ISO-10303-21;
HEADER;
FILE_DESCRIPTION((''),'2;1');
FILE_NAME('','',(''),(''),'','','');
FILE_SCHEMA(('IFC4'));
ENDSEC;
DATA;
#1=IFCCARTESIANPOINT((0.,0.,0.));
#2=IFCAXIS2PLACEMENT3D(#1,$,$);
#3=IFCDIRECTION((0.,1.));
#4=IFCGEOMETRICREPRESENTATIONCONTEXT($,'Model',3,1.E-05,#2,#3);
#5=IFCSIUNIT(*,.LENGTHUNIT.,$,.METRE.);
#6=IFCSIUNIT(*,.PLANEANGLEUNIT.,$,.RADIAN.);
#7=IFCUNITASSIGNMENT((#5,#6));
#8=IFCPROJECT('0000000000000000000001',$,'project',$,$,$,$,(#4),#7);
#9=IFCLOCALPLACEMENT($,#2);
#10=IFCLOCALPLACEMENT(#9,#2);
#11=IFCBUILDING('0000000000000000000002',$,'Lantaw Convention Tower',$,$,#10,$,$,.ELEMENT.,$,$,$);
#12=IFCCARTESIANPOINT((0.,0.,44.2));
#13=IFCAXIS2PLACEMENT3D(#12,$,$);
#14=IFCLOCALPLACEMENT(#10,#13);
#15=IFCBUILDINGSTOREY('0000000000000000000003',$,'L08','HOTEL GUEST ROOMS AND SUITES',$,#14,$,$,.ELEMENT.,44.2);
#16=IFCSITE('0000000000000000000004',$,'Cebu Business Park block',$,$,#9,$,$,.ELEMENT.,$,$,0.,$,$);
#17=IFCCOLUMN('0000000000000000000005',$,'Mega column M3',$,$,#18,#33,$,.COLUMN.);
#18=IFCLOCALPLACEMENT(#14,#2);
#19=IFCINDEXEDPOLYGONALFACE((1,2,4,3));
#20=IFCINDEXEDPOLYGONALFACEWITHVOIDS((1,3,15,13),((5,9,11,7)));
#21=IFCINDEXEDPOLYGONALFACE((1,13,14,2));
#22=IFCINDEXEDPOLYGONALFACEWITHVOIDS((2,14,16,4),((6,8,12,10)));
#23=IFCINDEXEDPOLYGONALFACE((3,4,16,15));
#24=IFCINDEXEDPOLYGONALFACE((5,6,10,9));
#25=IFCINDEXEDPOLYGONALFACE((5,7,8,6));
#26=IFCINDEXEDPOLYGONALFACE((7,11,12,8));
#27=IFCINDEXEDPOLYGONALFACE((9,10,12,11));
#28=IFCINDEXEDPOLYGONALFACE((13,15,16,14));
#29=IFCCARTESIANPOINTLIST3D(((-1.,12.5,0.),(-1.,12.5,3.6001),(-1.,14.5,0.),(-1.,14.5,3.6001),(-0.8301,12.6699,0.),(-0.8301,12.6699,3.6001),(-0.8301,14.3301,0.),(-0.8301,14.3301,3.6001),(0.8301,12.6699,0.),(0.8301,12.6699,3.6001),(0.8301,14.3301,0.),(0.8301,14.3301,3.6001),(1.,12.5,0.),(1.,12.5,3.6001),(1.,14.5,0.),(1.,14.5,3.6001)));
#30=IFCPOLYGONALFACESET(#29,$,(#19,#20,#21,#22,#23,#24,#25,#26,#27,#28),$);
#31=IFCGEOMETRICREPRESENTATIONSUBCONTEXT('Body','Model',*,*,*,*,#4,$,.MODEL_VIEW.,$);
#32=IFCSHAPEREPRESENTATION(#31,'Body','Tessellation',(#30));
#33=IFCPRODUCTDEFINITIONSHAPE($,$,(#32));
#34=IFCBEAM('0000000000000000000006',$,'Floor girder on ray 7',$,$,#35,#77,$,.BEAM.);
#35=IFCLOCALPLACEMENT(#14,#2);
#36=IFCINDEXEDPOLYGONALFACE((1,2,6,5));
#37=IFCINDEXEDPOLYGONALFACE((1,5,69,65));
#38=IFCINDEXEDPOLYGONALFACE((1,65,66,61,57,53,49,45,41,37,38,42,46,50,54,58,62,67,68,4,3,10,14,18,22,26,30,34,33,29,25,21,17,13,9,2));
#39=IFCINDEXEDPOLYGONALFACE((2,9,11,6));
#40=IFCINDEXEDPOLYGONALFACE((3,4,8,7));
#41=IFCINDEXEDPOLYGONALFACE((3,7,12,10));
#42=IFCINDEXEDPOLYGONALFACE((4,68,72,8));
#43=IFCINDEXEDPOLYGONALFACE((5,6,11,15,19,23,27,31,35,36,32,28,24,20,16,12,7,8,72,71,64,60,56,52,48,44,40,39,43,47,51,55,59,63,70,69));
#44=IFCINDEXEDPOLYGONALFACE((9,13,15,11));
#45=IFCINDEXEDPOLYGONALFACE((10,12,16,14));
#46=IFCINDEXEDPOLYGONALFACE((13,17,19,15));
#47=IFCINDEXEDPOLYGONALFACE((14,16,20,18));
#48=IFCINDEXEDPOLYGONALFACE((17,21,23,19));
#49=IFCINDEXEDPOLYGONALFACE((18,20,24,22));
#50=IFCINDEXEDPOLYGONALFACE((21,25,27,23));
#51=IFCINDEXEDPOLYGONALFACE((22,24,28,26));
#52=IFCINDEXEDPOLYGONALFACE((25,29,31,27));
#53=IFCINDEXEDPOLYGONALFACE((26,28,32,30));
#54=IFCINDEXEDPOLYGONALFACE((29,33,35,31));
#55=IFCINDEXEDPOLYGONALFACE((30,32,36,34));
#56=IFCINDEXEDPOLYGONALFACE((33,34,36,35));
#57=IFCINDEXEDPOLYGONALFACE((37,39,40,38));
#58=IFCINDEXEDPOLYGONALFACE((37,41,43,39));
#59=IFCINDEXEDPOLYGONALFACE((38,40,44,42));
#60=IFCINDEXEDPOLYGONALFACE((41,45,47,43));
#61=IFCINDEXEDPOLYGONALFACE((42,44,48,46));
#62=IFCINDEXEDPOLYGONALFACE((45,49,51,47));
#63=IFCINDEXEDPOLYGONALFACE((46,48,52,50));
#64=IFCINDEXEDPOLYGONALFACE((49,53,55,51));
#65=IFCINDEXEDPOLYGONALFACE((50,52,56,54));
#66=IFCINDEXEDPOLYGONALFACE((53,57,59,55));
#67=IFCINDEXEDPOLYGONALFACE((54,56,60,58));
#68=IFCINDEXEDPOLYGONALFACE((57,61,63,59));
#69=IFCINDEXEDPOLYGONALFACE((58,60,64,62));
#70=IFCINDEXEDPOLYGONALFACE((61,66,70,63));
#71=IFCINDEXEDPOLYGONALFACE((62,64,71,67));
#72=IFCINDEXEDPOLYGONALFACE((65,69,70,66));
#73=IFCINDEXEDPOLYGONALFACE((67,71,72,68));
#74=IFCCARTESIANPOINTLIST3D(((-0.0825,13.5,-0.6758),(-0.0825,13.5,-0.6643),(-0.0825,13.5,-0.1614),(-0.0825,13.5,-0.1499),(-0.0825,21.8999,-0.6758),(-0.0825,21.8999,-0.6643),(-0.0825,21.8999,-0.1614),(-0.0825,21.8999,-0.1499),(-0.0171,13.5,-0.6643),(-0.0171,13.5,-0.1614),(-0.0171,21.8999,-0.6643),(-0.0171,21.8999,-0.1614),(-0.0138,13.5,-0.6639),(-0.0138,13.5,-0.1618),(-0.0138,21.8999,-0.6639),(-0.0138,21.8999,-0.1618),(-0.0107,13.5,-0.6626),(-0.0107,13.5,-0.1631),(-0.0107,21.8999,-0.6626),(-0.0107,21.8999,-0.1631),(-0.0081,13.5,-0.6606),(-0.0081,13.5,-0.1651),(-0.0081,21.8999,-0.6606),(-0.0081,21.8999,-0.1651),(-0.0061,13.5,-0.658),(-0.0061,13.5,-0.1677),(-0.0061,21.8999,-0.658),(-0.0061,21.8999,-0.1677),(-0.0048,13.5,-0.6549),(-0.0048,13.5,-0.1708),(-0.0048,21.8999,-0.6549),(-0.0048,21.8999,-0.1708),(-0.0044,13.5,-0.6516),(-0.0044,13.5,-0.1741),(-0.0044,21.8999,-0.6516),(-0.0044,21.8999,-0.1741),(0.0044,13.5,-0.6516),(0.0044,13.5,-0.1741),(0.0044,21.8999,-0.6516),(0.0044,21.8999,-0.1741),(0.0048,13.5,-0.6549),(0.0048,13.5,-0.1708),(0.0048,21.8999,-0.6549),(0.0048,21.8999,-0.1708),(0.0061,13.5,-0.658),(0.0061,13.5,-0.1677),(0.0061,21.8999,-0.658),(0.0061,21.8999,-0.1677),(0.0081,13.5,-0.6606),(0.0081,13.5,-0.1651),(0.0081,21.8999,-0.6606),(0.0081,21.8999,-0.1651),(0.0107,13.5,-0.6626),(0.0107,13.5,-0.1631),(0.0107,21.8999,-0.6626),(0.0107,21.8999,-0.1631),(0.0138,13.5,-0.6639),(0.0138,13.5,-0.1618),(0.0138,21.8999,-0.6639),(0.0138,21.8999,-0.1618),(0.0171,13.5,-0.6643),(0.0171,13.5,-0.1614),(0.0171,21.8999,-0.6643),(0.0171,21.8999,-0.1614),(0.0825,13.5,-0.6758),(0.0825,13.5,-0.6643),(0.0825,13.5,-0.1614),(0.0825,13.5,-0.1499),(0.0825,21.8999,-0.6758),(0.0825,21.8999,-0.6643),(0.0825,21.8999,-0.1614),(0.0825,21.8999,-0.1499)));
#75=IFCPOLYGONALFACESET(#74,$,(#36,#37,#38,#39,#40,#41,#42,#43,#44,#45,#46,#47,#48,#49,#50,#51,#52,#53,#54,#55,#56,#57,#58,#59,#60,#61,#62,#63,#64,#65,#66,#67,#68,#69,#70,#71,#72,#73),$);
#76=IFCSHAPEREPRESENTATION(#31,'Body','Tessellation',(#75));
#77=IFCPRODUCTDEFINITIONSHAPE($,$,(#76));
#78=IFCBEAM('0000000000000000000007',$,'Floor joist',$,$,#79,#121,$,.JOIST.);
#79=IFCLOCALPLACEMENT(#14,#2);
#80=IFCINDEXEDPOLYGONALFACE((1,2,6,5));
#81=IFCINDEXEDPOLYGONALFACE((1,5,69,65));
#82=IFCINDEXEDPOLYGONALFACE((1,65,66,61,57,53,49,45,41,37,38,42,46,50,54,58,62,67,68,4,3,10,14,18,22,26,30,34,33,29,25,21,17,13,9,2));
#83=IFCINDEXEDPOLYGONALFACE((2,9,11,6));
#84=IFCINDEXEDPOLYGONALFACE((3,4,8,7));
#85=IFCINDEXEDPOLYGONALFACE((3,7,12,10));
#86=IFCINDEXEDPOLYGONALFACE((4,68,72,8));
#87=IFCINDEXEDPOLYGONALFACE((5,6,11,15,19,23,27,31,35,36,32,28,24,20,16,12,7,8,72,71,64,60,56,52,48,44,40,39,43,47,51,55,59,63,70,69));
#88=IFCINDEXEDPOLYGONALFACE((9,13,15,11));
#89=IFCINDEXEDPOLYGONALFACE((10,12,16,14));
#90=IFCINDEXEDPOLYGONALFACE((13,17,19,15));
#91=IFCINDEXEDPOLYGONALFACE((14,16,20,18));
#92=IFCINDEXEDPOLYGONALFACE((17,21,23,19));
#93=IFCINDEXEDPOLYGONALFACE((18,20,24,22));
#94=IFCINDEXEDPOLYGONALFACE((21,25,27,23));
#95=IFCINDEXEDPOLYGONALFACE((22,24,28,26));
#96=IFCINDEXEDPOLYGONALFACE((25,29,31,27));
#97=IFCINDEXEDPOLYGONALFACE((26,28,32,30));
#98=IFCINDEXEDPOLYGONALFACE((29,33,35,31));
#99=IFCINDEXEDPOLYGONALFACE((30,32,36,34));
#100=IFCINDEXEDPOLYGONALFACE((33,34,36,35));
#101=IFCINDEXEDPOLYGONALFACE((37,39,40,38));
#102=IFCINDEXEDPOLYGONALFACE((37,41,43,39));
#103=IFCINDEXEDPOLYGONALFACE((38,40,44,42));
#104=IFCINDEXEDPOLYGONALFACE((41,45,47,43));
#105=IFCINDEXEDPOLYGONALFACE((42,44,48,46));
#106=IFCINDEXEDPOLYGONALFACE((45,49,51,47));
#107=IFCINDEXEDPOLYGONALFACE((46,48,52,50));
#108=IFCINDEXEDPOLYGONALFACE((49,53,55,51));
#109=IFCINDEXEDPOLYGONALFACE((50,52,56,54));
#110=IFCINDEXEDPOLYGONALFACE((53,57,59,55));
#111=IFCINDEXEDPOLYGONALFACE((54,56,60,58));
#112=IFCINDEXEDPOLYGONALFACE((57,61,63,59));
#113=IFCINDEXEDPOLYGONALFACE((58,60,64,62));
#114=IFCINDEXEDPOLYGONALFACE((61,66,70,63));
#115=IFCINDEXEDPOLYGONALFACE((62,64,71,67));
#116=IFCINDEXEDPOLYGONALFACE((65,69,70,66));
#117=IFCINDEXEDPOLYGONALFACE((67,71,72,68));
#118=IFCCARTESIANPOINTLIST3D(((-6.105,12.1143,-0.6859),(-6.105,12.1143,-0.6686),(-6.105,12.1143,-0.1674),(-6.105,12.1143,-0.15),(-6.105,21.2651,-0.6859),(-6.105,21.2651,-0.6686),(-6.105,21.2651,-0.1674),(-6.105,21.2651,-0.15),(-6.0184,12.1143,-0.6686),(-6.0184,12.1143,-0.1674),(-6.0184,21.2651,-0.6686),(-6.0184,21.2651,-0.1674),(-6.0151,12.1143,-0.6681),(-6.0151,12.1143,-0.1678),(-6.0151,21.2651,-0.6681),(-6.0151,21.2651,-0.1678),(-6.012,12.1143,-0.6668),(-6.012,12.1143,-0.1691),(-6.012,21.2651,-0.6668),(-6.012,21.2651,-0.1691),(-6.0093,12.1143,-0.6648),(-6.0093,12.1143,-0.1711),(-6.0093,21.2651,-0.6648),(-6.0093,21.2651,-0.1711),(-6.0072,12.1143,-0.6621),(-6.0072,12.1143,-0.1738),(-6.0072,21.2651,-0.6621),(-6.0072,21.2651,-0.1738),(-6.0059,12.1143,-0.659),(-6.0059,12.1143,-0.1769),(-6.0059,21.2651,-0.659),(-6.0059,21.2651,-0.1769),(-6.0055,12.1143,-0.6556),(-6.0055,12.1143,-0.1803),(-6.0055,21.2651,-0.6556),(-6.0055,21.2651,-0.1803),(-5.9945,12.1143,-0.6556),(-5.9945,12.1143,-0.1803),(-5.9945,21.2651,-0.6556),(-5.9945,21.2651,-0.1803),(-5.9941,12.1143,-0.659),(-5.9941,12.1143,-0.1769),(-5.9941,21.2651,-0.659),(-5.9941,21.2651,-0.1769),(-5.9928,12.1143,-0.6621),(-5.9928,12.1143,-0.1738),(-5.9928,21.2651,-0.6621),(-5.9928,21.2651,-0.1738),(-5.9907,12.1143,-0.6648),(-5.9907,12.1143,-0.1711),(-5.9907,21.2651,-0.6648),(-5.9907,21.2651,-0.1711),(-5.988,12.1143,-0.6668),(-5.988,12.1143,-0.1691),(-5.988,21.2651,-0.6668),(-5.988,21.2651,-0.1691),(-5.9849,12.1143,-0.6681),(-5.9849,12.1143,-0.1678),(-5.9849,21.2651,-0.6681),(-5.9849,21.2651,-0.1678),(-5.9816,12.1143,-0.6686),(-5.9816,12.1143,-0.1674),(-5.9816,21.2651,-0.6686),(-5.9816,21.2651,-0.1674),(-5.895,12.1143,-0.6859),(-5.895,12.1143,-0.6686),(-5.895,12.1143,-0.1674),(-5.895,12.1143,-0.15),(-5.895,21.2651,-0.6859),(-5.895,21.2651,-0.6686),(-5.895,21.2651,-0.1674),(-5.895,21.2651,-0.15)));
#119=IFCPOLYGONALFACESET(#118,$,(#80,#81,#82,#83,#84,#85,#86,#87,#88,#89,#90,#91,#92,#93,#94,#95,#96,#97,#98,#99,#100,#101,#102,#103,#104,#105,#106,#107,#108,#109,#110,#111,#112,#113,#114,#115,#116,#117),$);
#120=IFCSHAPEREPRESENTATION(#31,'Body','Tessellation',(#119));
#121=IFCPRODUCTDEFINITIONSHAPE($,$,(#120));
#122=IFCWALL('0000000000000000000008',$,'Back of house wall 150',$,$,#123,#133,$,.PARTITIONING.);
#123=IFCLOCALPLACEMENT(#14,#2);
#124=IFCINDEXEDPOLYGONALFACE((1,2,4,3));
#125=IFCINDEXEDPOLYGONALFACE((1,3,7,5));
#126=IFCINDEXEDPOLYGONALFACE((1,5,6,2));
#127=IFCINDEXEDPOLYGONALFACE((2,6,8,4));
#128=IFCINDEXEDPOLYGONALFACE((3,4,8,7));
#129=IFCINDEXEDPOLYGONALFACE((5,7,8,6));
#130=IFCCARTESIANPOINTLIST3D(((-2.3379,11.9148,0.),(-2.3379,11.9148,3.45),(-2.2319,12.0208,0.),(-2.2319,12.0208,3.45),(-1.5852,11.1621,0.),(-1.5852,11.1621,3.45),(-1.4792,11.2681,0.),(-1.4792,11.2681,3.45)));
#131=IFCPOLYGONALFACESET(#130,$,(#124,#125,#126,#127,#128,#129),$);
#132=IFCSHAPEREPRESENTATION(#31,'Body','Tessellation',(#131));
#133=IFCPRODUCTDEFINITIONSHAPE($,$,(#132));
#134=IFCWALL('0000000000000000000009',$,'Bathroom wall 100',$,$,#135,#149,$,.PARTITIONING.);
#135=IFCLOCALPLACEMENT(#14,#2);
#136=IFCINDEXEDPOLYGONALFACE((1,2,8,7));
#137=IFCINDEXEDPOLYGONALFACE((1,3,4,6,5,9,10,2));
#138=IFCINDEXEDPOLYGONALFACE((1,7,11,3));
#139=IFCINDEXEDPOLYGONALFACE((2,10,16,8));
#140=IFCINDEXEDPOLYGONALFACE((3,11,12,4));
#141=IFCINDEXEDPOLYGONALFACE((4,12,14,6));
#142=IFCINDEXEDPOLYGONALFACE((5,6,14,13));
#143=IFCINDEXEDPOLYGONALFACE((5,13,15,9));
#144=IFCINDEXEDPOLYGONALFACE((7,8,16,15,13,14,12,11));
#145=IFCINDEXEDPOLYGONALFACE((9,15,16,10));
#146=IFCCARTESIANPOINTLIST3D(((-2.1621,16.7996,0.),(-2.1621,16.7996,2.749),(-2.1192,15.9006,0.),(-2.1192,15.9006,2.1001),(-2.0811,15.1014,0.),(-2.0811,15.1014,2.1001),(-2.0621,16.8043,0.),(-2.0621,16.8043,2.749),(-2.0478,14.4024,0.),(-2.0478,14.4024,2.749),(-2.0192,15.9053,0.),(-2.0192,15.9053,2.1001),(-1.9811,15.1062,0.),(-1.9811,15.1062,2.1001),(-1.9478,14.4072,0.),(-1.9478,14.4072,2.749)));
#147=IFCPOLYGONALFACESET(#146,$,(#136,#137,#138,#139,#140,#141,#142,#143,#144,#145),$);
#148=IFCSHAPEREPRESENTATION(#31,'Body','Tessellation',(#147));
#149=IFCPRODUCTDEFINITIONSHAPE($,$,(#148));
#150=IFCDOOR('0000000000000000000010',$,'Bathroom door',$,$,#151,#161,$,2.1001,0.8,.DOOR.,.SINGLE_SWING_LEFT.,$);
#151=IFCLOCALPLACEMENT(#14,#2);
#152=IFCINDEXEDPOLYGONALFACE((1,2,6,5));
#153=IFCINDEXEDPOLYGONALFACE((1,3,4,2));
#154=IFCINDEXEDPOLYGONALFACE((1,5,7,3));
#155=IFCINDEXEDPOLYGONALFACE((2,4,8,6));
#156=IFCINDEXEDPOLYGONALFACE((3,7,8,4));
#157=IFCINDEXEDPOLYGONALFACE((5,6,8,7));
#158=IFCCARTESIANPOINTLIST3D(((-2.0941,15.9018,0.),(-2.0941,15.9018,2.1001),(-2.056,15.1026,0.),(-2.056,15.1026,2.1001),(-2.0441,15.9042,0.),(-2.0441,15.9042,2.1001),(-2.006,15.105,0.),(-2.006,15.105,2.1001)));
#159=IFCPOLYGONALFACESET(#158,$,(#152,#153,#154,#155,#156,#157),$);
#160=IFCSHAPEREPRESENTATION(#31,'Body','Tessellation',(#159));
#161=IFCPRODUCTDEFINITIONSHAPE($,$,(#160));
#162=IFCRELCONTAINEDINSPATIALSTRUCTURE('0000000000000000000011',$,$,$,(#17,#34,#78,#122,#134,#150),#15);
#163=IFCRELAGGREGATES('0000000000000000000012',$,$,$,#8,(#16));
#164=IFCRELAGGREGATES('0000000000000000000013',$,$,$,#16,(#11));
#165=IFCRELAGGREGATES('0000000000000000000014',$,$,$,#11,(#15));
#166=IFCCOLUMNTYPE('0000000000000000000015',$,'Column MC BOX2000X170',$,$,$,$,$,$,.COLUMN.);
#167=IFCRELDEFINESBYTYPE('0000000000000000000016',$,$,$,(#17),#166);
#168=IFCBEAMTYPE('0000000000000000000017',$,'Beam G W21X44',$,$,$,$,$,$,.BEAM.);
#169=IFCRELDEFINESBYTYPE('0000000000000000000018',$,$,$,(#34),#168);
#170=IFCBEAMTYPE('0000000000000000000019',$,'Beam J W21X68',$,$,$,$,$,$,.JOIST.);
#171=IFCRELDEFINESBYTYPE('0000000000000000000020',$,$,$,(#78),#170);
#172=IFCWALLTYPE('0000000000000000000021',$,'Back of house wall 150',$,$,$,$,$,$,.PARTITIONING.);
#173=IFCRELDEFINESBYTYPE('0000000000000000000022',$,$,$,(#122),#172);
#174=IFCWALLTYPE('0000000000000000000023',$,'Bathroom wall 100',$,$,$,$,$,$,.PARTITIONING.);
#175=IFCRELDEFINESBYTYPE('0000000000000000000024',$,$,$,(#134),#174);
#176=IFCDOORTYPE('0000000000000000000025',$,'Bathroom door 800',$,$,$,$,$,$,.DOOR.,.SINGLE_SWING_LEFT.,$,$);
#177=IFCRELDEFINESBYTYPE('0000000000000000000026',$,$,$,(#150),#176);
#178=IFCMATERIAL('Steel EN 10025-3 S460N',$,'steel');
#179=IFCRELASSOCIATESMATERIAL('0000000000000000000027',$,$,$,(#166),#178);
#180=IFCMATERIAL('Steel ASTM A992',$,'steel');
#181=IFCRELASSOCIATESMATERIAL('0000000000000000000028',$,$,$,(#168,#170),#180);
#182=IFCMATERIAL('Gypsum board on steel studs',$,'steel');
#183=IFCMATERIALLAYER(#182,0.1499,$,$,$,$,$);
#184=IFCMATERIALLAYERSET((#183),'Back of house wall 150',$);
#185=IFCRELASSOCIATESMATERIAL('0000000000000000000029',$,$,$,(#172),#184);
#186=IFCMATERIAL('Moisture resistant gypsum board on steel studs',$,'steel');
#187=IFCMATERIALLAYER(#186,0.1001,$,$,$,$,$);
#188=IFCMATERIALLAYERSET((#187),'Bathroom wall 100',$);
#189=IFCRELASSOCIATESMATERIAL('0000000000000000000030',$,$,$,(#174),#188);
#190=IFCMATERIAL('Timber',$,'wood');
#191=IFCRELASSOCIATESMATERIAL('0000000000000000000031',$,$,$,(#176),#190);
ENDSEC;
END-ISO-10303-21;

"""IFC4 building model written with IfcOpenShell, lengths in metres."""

from ifc_helpers import new_model, si_unit, direction, frame, frame_2d, origin, origin_2d, place, context, subcontext, project, spatial, rectangle, hollow_rectangle, i_section, extrude, material, layer, layer_set, material_profile, profile_set, type_object, element, fill, save


model = new_model("IFC4")

# Units and contexts
model_context = context("Model", 3, precision=1e-05, world=origin(), true_north=direction((0.0, 1.0)))
body_context = subcontext(model_context, "Body", "Model", "MODEL_VIEW")
ifc_project = project(units=[si_unit("LENGTHUNIT", "METRE"), si_unit("PLANEANGLEUNIT", "RADIAN")], contexts=[model_context])

# Site, building, storey
site_placement = place(None, origin())
site = spatial("IfcSite", under=ifc_project, at=site_placement, Name="Cebu Business Park block", CompositionType="ELEMENT", RefElevation=0.0)
building_placement = place(site_placement, origin())
building = spatial("IfcBuilding", under=site, at=building_placement, Name="Lantaw Convention Tower", CompositionType="ELEMENT")
storey_placement = place(building_placement, frame((0.0, 0.0, 44.2)))
storey = spatial("IfcBuildingStorey", under=building, at=storey_placement, Name="L08", Description="HOTEL GUEST ROOMS AND SUITES", CompositionType="ELEMENT", Elevation=44.2)

# Column
ifc_material_1 = material(Name="Steel EN 10025-3 S460N", Category="steel")
ifc_material_profile_1 = material_profile(ifc_material_1, hollow_rectangle(XDim=2.0, YDim=2.0, WallThickness=0.1699, at=origin_2d()), Name="BOX2000X170")
ifc_material_2 = material(Name="Concrete C60/75", Category="concrete")
ifc_material_profile_2 = material_profile(ifc_material_2, rectangle(XDim=1.6599, YDim=1.6599, at=origin_2d()), Name="Concrete fill of BOX2000X170")
ifc_profile_set_1 = profile_set([ifc_material_profile_1, ifc_material_profile_2], Name="Steel EN 10025-3 S460N")
column_type = type_object("IfcColumnType", Name="Column MC BOX2000X170", PredefinedType="COLUMN", material=ifc_profile_set_1)
column_placement = place(storey_placement, frame((0.0, 13.5, 0.0), z_axis=(0.0, 0.0, 1.0), x_axis=(1.0, 0.0, 0.0)))
element("IfcColumn", 1, at=column_placement, inside=storey, type_object=column_type, Name="Mega column M3", PredefinedType="COLUMN", context=body_context, shape_type="SweptSolid", body=[
    extrude(hollow_rectangle(XDim=2.0, YDim=2.0, WallThickness=0.1699, at=origin_2d()), origin(), (0.0, 0.0, 1.0), 3.6001),
])

# Beams
ifc_material_3 = material(Name="Steel ASTM A992", Category="steel")
ifc_material_profile_3 = material_profile(ifc_material_3, i_section(OverallWidth=0.165, OverallDepth=0.5259, WebThickness=0.0088, FlangeThickness=0.0115, FilletRadius=0.0127, at=origin_2d()), Name="W21X44")
ifc_profile_set_2 = profile_set([ifc_material_profile_3], Name="Steel ASTM A992")
beam_type_1 = type_object("IfcBeamType", Name="Beam G W21X44", PredefinedType="BEAM", material=ifc_profile_set_2)
beam_1_placement = place(storey_placement, frame((0.0, 13.5, -0.4128), z_axis=(0.0, 1.0, 0.0), x_axis=(-1.0, 0.0, 0.0)))
element("IfcBeam", 2, at=beam_1_placement, inside=storey, type_object=beam_type_1, Name="Floor girder on ray 7", PredefinedType="BEAM", context=body_context, shape_type="SweptSolid", body=[
    extrude(i_section(OverallWidth=0.165, OverallDepth=0.5259, WebThickness=0.0088, FlangeThickness=0.0115, FilletRadius=0.0127, at=origin_2d()), origin(), (0.0, 0.0, 1.0), 8.3999),
])
ifc_material_profile_4 = material_profile(ifc_material_3, i_section(OverallWidth=0.21, OverallDepth=0.5359, WebThickness=0.011, FlangeThickness=0.0173, FilletRadius=0.0129, at=origin_2d()), Name="W21X68")
ifc_profile_set_3 = profile_set([ifc_material_profile_4], Name="Steel ASTM A992")
beam_type_2 = type_object("IfcBeamType", Name="Beam J W21X68", PredefinedType="JOIST", material=ifc_profile_set_3)
beam_2_placement = place(storey_placement, frame((-6.0, 12.1143, -0.418), z_axis=(0.0, 1.0, 0.0), x_axis=(-1.0, 0.0, 0.0)))
element("IfcBeam", 3, at=beam_2_placement, inside=storey, type_object=beam_type_2, Name="Floor joist", PredefinedType="JOIST", context=body_context, shape_type="SweptSolid", body=[
    extrude(i_section(OverallWidth=0.21, OverallDepth=0.5359, WebThickness=0.011, FlangeThickness=0.0173, FilletRadius=0.0129, at=origin_2d()), origin(), (0.0, 0.0, 1.0), 9.1509),
])

# Wall
ifc_material_4 = material(Name="Gypsum board on steel studs", Category="steel")
ifc_layer_1 = layer(ifc_material_4, 0.1499)
ifc_layer_set_1 = layer_set([ifc_layer_1], Name="Back of house wall 150")
wall_type_1 = type_object("IfcWallType", Name="Back of house wall 150", PredefinedType="PARTITIONING", material=ifc_layer_set_1)
wall_1_placement = place(storey_placement, frame((-1.5322, 11.2151, 0.0), z_axis=(0.0, 0.0, 1.0), x_axis=(-0.707107, 0.707107, 0.0)))
element("IfcWall", 4, at=wall_1_placement, inside=storey, type_object=wall_type_1, Name="Back of house wall 150", PredefinedType="PARTITIONING", context=body_context, shape_type="SweptSolid", body=[
    extrude(rectangle(XDim=1.0645, YDim=0.1499, at=frame_2d((0.5322, 0.0))), origin(), (0.0, 0.0, 1.0), 3.45),
])

# Wall, opening, door
ifc_material_5 = material(Name="Moisture resistant gypsum board on steel studs", Category="steel")
ifc_layer_2 = layer(ifc_material_5, 0.1001)
ifc_layer_set_2 = layer_set([ifc_layer_2], Name="Bathroom wall 100")
wall_type_2 = type_object("IfcWallType", Name="Bathroom wall 100", PredefinedType="PARTITIONING", material=ifc_layer_set_2)
wall_2_placement = place(storey_placement, frame((-1.9978, 14.4048, 0.0), z_axis=(0.0, 0.0, 1.0), x_axis=(-0.047609, 0.998866, 0.0)))
wall_2 = element("IfcWall", 5, at=wall_2_placement, inside=storey, type_object=wall_type_2, Name="Bathroom wall 100", PredefinedType="PARTITIONING", context=body_context, shape_type="SweptSolid", body=[
    extrude(rectangle(XDim=2.3999, YDim=0.1001, at=frame_2d((1.2, 0.0))), origin(), (0.0, 0.0, 1.0), 2.749),
])
opening_1_placement = place(wall_2_placement, frame((0.7, 0.0, 0.0)))
opening_1 = element("IfcOpeningElement", 6, at=opening_1_placement, cuts=wall_2, PredefinedType="OPENING", context=body_context, shape_type="SweptSolid", body=[
    extrude(rectangle(XDim=0.8, YDim=2.1001, at=frame_2d((0.3999, 1.05))), frame((0.0, 0.0601, 0.0), z_axis=(0.0, -1.0, 0.0), x_axis=(1.0, 0.0, 0.0)), (0.0, 0.0, 1.0), 0.1201),
])
ifc_material_6 = material(Name="Timber", Category="wood")
door_type_1 = type_object("IfcDoorType", Name="Bathroom door 800", OperationType="SINGLE_SWING_LEFT", PredefinedType="DOOR", material=ifc_material_6)
door_1_placement = place(opening_1_placement, origin())
door_1 = element("IfcDoor", 7, at=door_1_placement, inside=storey, type_object=door_type_1, Name="Bathroom door", OperationType="SINGLE_SWING_LEFT", OverallHeight=2.1001, OverallWidth=0.8, PredefinedType="DOOR", context=body_context, shape_type="SweptSolid", body=[
    extrude(rectangle(XDim=0.8, YDim=2.1001, at=frame_2d((0.3999, 1.05))), frame((0.0, 0.0249, 0.0), z_axis=(0.0, -1.0, 0.0), x_axis=(1.0, 0.0, 0.0)), (0.0, 0.0, 1.0), 0.05),
])
fill(opening_1, door_1)

save(model, "model.ifc")
